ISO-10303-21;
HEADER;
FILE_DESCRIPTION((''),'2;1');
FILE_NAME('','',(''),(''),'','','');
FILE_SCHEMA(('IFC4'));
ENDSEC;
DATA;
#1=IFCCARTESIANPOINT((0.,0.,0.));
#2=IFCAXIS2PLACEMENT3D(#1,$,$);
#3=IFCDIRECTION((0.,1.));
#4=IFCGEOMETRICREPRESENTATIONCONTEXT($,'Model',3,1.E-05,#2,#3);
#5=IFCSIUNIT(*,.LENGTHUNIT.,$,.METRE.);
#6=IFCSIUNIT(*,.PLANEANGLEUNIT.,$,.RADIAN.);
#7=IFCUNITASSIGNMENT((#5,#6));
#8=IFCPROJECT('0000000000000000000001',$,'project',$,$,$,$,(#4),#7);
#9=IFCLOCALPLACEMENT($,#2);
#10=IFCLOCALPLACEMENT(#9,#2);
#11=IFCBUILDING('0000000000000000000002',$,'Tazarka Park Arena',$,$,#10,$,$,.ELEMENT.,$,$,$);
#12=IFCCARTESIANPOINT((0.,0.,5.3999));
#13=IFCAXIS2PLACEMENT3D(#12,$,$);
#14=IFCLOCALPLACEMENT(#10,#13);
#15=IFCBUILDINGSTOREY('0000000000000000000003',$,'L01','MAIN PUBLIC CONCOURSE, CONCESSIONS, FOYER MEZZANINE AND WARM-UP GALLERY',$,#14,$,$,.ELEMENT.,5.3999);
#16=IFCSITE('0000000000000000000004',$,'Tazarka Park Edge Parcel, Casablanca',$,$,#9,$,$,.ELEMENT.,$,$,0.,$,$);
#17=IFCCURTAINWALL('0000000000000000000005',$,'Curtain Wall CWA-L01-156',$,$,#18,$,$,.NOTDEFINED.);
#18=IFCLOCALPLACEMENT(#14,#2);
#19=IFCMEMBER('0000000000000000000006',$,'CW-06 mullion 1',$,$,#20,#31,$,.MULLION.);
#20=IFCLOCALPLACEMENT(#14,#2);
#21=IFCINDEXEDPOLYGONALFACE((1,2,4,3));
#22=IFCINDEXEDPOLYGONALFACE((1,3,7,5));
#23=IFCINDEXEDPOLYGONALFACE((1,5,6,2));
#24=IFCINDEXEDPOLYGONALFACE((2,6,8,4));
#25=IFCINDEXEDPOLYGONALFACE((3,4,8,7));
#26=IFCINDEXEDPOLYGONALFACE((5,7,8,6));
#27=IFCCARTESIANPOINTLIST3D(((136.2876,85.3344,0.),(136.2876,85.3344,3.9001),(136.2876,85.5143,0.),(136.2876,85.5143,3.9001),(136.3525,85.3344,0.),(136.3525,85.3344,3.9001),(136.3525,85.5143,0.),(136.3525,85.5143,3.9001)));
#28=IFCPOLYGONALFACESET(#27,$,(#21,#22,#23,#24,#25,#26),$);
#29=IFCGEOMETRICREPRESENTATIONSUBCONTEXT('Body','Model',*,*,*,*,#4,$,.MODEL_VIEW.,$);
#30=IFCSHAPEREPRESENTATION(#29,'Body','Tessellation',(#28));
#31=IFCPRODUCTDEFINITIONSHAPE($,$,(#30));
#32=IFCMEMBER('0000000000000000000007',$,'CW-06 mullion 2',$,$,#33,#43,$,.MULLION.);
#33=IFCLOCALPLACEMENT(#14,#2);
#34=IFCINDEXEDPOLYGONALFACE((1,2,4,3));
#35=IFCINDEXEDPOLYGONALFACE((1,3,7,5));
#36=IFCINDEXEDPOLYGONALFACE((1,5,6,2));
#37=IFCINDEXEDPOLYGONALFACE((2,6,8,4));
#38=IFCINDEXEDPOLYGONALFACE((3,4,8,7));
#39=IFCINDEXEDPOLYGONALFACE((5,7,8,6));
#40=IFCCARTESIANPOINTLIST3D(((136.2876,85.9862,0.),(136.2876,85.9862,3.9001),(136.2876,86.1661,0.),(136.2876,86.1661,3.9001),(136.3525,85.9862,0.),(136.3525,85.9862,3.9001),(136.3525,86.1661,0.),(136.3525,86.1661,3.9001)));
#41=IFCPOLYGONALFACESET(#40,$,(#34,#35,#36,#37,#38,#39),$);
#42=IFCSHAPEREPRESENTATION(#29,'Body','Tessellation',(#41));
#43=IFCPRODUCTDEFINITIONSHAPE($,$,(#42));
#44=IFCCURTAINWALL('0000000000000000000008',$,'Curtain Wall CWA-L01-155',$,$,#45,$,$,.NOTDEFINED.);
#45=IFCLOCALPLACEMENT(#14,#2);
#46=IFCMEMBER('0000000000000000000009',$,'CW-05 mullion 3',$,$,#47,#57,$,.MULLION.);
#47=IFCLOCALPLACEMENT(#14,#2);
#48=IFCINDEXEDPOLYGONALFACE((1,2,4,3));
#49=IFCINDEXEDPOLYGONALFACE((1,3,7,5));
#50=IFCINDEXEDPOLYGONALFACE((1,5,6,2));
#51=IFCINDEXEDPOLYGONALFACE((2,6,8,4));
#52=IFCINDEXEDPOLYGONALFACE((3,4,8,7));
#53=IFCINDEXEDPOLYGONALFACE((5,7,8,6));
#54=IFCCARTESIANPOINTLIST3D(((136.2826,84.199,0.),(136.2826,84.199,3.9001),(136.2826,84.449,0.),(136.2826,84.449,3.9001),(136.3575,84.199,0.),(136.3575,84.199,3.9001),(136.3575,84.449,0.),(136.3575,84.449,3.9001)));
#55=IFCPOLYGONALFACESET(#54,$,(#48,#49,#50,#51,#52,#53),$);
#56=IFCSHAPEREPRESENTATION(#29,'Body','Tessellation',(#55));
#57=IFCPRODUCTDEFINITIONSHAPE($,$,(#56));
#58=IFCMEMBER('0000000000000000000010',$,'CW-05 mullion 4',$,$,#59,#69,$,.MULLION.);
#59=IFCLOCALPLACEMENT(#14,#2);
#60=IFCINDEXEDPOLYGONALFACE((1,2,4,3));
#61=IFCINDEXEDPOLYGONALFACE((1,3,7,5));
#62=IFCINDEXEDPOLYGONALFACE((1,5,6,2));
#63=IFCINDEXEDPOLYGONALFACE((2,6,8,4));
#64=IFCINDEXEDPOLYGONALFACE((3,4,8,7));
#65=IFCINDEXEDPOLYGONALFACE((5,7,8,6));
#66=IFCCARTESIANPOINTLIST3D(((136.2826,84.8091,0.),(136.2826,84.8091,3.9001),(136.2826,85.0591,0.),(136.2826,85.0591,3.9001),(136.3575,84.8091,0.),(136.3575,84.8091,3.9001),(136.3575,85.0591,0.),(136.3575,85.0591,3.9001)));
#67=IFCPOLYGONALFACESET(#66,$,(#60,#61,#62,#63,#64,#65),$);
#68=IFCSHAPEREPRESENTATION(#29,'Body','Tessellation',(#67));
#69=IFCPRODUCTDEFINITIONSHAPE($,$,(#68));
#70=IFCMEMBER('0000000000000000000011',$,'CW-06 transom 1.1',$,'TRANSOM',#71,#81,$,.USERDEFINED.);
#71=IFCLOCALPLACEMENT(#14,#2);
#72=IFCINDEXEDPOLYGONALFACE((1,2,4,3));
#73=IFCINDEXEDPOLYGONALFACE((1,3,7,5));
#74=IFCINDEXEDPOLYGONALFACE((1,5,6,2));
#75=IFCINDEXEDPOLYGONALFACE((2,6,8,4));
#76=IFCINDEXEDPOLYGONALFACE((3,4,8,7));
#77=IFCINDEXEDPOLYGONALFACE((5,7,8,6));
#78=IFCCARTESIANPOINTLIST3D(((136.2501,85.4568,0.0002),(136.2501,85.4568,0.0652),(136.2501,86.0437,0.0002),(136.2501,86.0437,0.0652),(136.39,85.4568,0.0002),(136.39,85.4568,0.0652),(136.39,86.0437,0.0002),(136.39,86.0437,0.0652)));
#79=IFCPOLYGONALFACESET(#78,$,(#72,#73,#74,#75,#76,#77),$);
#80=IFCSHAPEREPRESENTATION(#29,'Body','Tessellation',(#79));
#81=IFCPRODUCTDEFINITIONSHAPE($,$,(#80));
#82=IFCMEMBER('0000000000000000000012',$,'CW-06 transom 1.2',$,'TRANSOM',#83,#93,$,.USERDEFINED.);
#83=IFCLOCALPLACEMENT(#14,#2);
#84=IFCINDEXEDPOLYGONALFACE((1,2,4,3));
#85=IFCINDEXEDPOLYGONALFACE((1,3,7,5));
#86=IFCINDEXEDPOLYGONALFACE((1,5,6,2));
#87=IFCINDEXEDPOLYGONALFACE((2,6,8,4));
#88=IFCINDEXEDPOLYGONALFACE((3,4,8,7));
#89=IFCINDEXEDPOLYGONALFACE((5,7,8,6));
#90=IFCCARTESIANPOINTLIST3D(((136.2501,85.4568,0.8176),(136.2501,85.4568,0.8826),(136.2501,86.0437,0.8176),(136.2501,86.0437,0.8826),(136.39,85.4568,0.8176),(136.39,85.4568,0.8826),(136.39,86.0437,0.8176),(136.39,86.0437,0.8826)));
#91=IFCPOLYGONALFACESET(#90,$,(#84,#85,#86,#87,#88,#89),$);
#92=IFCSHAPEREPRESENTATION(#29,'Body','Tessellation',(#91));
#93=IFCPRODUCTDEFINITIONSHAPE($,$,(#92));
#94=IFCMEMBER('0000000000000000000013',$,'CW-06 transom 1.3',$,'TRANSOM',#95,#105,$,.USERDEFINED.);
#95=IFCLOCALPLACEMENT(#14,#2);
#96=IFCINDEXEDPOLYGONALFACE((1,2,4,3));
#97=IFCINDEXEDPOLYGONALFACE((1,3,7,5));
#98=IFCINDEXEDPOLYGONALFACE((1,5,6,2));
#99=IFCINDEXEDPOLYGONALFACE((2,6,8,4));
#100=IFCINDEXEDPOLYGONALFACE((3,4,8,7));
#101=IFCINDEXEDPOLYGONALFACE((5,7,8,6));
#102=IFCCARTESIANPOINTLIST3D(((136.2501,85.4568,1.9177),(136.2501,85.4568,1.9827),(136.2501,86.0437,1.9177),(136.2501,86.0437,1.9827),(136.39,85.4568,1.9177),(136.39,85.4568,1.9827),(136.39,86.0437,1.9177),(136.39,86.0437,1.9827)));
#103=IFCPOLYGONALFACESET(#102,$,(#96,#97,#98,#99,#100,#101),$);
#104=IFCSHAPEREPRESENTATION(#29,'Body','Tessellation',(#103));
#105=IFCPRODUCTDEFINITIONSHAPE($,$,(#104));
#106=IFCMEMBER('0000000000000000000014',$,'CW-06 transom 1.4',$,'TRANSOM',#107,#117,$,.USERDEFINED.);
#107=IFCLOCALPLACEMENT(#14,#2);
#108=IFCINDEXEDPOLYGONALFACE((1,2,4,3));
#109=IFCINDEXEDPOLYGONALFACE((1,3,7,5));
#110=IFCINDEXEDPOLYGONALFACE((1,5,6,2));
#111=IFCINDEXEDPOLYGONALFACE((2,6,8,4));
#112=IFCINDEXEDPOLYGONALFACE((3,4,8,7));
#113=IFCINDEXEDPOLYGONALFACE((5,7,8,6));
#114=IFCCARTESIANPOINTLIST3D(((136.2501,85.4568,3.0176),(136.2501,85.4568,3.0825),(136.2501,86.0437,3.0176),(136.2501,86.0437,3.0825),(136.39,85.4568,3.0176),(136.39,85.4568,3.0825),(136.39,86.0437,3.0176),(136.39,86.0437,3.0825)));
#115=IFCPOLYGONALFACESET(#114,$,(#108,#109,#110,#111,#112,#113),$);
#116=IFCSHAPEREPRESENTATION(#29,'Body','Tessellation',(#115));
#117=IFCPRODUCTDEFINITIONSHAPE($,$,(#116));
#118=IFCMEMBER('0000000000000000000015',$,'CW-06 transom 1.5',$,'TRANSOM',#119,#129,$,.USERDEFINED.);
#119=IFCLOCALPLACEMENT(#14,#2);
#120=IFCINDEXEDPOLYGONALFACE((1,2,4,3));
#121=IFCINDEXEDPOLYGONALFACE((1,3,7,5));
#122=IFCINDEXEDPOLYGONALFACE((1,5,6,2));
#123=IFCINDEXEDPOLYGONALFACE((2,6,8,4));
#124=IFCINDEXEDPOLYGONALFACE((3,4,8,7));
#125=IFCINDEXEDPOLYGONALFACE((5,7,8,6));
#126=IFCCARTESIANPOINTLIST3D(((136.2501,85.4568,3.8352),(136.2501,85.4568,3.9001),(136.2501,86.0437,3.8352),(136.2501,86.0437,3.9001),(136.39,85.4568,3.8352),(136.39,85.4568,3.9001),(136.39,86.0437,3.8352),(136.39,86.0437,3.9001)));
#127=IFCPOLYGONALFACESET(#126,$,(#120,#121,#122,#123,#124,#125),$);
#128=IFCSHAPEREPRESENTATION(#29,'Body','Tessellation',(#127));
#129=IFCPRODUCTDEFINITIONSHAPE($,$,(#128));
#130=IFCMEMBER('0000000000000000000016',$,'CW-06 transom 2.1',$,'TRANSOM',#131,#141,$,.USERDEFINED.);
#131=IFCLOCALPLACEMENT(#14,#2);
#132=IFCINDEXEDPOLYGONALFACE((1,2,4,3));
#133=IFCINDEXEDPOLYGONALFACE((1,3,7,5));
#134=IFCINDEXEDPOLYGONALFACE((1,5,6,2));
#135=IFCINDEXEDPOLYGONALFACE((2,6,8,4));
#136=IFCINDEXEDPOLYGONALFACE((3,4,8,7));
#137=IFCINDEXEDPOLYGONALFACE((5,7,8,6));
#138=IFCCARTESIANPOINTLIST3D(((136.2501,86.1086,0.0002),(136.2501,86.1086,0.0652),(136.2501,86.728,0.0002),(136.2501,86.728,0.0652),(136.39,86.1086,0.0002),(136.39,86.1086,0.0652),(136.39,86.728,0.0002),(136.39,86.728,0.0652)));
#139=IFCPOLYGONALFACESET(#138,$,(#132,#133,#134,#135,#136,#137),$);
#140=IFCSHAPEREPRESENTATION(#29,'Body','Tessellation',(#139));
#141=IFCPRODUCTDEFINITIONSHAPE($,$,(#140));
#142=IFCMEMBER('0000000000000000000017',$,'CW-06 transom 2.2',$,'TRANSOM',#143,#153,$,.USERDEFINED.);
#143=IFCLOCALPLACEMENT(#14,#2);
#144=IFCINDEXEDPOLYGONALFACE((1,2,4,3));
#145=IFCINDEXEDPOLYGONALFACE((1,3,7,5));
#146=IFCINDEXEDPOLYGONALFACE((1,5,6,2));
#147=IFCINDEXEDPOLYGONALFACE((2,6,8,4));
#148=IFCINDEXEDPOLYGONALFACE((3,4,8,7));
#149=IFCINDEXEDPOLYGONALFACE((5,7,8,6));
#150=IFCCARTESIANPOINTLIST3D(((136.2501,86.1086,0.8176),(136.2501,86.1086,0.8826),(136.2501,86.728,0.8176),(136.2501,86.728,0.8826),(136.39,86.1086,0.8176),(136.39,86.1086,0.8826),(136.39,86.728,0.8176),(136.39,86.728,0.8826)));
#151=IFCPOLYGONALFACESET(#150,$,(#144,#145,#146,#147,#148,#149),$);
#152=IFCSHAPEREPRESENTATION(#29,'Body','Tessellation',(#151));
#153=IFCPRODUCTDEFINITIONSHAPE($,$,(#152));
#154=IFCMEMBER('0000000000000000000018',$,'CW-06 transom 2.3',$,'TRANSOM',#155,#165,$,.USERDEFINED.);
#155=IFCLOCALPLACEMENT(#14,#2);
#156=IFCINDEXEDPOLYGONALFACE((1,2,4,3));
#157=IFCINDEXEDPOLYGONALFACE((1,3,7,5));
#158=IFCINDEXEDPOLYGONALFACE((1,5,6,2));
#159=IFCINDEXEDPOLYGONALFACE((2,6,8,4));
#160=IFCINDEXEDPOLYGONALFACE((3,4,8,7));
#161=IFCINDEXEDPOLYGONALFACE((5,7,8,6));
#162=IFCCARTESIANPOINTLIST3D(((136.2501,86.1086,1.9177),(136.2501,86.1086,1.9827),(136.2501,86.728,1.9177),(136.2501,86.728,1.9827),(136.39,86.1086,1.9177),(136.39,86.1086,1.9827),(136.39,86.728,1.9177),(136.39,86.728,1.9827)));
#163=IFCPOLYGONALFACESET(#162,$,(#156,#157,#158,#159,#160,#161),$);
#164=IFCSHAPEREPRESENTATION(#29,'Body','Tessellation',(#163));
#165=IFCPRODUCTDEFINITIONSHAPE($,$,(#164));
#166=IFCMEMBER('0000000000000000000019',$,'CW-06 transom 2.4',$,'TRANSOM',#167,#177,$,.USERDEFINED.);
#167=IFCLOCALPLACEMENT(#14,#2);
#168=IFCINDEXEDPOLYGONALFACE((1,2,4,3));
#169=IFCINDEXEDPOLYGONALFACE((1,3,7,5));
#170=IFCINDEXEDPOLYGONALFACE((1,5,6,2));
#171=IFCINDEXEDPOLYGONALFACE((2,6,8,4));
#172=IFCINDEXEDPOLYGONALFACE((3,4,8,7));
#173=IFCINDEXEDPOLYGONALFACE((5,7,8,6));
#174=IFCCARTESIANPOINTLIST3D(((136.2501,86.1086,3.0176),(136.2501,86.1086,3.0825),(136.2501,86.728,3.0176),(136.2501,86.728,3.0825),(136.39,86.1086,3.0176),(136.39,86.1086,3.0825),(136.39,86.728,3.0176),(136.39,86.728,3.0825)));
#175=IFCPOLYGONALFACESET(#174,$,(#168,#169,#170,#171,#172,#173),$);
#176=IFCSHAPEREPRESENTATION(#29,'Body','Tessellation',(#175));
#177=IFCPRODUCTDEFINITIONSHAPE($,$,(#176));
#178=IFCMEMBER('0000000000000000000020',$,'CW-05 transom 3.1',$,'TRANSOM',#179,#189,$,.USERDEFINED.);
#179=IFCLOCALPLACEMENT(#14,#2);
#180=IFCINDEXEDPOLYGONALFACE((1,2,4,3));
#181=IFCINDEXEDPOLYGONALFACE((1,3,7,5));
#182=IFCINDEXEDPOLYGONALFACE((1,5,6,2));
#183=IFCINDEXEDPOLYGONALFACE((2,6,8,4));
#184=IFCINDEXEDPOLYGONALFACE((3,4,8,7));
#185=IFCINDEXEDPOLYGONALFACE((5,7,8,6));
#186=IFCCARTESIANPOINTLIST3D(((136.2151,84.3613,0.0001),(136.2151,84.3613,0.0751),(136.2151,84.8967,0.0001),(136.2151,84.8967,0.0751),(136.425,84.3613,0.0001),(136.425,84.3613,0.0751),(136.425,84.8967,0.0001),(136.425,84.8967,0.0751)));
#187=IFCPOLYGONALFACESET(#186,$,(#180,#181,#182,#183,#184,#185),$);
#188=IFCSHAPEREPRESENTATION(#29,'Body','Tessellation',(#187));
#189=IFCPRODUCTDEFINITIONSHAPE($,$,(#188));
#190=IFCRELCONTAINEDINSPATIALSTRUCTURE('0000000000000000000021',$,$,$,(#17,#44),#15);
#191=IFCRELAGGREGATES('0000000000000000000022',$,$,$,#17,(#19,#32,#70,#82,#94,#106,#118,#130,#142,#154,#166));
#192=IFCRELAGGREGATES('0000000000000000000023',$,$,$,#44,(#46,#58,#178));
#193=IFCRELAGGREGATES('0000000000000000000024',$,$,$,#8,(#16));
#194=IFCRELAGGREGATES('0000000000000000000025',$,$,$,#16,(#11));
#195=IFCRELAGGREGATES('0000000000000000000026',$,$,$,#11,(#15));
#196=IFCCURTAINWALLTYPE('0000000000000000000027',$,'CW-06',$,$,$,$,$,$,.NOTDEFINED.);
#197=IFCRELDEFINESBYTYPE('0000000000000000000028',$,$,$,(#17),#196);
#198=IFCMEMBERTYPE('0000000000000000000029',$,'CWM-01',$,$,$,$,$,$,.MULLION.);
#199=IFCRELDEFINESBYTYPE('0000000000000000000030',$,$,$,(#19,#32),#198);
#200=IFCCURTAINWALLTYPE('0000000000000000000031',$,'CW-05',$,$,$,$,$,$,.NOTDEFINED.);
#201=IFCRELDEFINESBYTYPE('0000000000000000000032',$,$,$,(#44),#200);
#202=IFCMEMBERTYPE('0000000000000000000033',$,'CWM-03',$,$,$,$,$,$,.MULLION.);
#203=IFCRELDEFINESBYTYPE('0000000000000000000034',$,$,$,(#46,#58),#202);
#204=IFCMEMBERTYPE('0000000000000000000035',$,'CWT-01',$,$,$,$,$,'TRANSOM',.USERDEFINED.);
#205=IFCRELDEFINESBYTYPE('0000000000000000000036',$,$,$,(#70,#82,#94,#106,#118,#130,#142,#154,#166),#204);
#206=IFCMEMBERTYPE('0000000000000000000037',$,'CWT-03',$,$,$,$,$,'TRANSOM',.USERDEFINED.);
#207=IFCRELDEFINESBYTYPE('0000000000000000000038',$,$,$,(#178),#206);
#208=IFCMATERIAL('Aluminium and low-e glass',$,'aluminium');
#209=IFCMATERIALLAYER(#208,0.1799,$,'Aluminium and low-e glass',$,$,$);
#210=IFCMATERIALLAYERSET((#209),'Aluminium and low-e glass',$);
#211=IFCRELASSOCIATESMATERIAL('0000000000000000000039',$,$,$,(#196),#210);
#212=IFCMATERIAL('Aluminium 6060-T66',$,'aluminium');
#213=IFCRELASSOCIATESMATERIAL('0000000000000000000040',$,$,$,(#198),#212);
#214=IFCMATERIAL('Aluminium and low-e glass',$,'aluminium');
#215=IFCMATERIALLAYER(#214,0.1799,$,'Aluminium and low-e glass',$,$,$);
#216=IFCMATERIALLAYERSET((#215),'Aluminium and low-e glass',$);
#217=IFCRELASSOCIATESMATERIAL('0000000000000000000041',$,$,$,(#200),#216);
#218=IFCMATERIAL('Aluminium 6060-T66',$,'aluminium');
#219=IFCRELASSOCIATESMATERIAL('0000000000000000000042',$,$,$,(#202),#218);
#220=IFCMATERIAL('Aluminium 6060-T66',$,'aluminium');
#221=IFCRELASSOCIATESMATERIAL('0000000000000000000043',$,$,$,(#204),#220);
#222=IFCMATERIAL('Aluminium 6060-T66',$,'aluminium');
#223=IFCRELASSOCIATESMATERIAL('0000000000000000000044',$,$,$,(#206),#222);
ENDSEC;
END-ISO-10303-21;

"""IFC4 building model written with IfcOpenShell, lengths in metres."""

from ifc_helpers import new_model, si_unit, direction, frame, origin, origin_2d, place, context, subcontext, project, spatial, rectangle, extrude, material, layer, layer_set, material_profile, profile_set, type_object, element, aggregate, save


model = new_model("IFC4")

# Units and contexts
model_context = context("Model", 3, precision=1e-05, world=origin(), true_north=direction((0.0, 1.0)))
body_context = subcontext(model_context, "Body", "Model", "MODEL_VIEW")
ifc_project = project(units=[si_unit("LENGTHUNIT", "METRE"), si_unit("PLANEANGLEUNIT", "RADIAN")], contexts=[model_context])

# Site, building, storey
site_placement = place(None, origin())
site = spatial("IfcSite", under=ifc_project, at=site_placement, Name="Tazarka Park Edge Parcel, Casablanca", CompositionType="ELEMENT", RefElevation=0.0)
building_placement = place(site_placement, origin())
building = spatial("IfcBuilding", under=site, at=building_placement, Name="Tazarka Park Arena", CompositionType="ELEMENT")
storey_placement = place(building_placement, frame((0.0, 0.0, 5.3999)))
storey = spatial("IfcBuildingStorey", under=building, at=storey_placement, Name="L01", Description="MAIN PUBLIC CONCOURSE, CONCESSIONS, FOYER MEZZANINE AND WARM-UP GALLERY", CompositionType="ELEMENT", Elevation=5.3999)

# Curtain walls, members
ifc_material_1 = material(Name="Aluminium and low-e glass", Category="aluminium")
ifc_layer_1 = layer(ifc_material_1, 0.1799, Name="Aluminium and low-e glass")
ifc_layer_set_1 = layer_set([ifc_layer_1], Name="Aluminium and low-e glass")
curtain_wall_type_1 = type_object("IfcCurtainWallType", Name="CW-06", PredefinedType="NOTDEFINED", material=ifc_layer_set_1)
curtain_wall_1_placement = place(storey_placement, origin())
curtain_wall_1 = element("IfcCurtainWall", 1, at=curtain_wall_1_placement, inside=storey, type_object=curtain_wall_type_1, Name="Curtain Wall CWA-L01-156", PredefinedType="NOTDEFINED")
ifc_material_2 = material(Name="Aluminium 6060-T66", Category="aluminium")
ifc_material_profile_1 = material_profile(ifc_material_2, rectangle(XDim=0.0649, YDim=0.1799, at=origin_2d()), Name="Aluminium 6060-T66")
ifc_profile_set_1 = profile_set([ifc_material_profile_1], Name="Aluminium 6060-T66")
member_type_1 = type_object("IfcMemberType", Name="CWM-01", PredefinedType="MULLION", material=ifc_profile_set_1)
member_1_placement = place(storey_placement, frame((136.3201, 85.4243, 0.0), z_axis=(0.0, 0.0, 1.0), x_axis=(-1.0, 0.0, 0.0)))
member_1 = element("IfcMember", 2, at=member_1_placement, type_object=member_type_1, Name="CW-06 mullion 1", PredefinedType="MULLION", context=body_context, shape_type="SweptSolid", body=[
    extrude(rectangle(XDim=0.0649, YDim=0.1799, at=origin_2d()), origin(), (0.0, 0.0, 1.0), 3.9001),
])
member_2_placement = place(storey_placement, frame((136.3201, 86.0762, 0.0), z_axis=(0.0, 0.0, 1.0), x_axis=(-1.0, 0.0, 0.0)))
member_2 = element("IfcMember", 3, at=member_2_placement, type_object=member_type_1, Name="CW-06 mullion 2", PredefinedType="MULLION", context=body_context, shape_type="SweptSolid", body=[
    extrude(rectangle(XDim=0.0649, YDim=0.1799, at=origin_2d()), origin(), (0.0, 0.0, 1.0), 3.9001),
])
ifc_material_3 = material(Name="Aluminium and low-e glass", Category="aluminium")
ifc_layer_2 = layer(ifc_material_3, 0.1799, Name="Aluminium and low-e glass")
ifc_layer_set_2 = layer_set([ifc_layer_2], Name="Aluminium and low-e glass")
curtain_wall_type_2 = type_object("IfcCurtainWallType", Name="CW-05", PredefinedType="NOTDEFINED", material=ifc_layer_set_2)
curtain_wall_2_placement = place(storey_placement, origin())
curtain_wall_2 = element("IfcCurtainWall", 4, at=curtain_wall_2_placement, inside=storey, type_object=curtain_wall_type_2, Name="Curtain Wall CWA-L01-155", PredefinedType="NOTDEFINED")
ifc_material_4 = material(Name="Aluminium 6060-T66", Category="aluminium")
ifc_material_profile_2 = material_profile(ifc_material_4, rectangle(XDim=0.075, YDim=0.25, at=origin_2d()), Name="Aluminium 6060-T66")
ifc_profile_set_2 = profile_set([ifc_material_profile_2], Name="Aluminium 6060-T66")
member_type_2 = type_object("IfcMemberType", Name="CWM-03", PredefinedType="MULLION", material=ifc_profile_set_2)
member_3_placement = place(storey_placement, frame((136.3201, 84.324, 0.0), z_axis=(0.0, 0.0, 1.0), x_axis=(-1.0, 0.0, 0.0)))
member_3 = element("IfcMember", 5, at=member_3_placement, type_object=member_type_2, Name="CW-05 mullion 3", PredefinedType="MULLION", context=body_context, shape_type="SweptSolid", body=[
    extrude(rectangle(XDim=0.075, YDim=0.25, at=origin_2d()), origin(), (0.0, 0.0, 1.0), 3.9001),
])
member_4_placement = place(storey_placement, frame((136.3201, 84.9341, 0.0), z_axis=(0.0, 0.0, 1.0), x_axis=(-1.0, 0.0, 0.0)))
member_4 = element("IfcMember", 6, at=member_4_placement, type_object=member_type_2, Name="CW-05 mullion 4", PredefinedType="MULLION", context=body_context, shape_type="SweptSolid", body=[
    extrude(rectangle(XDim=0.075, YDim=0.25, at=origin_2d()), origin(), (0.0, 0.0, 1.0), 3.9001),
])

# Members
ifc_material_5 = material(Name="Aluminium 6060-T66", Category="aluminium")
ifc_material_profile_3 = material_profile(ifc_material_5, rectangle(XDim=0.1399, YDim=0.0649, at=origin_2d()), Name="Aluminium 6060-T66")
ifc_profile_set_3 = profile_set([ifc_material_profile_3], Name="Aluminium 6060-T66")
member_type_3 = type_object("IfcMemberType", Name="CWT-01", ElementType="TRANSOM", PredefinedType="USERDEFINED", material=ifc_profile_set_3)
member_5_placement = place(storey_placement, frame((136.3201, 85.4568, 0.0327), z_axis=(0.0, 1.0, 0.0), x_axis=(-1.0, 0.0, 0.0)))
member_5 = element("IfcMember", 7, at=member_5_placement, type_object=member_type_3, Name="CW-06 transom 1.1", ObjectType="TRANSOM", PredefinedType="USERDEFINED", context=body_context, shape_type="SweptSolid", body=[
    extrude(rectangle(XDim=0.1399, YDim=0.0649, at=origin_2d()), origin(), (0.0, 0.0, 1.0), 0.5869),
])
member_6_placement = place(storey_placement, frame((136.3201, 85.4568, 0.8501), z_axis=(0.0, 1.0, 0.0), x_axis=(-1.0, 0.0, 0.0)))
member_6 = element("IfcMember", 8, at=member_6_placement, type_object=member_type_3, Name="CW-06 transom 1.2", ObjectType="TRANSOM", PredefinedType="USERDEFINED", context=body_context, shape_type="SweptSolid", body=[
    extrude(rectangle(XDim=0.1399, YDim=0.0649, at=origin_2d()), origin(), (0.0, 0.0, 1.0), 0.5869),
])
member_7_placement = place(storey_placement, frame((136.3201, 85.4568, 1.9502), z_axis=(0.0, 1.0, 0.0), x_axis=(-1.0, 0.0, 0.0)))
member_7 = element("IfcMember", 9, at=member_7_placement, type_object=member_type_3, Name="CW-06 transom 1.3", ObjectType="TRANSOM", PredefinedType="USERDEFINED", context=body_context, shape_type="SweptSolid", body=[
    extrude(rectangle(XDim=0.1399, YDim=0.0649, at=origin_2d()), origin(), (0.0, 0.0, 1.0), 0.5869),
])
member_8_placement = place(storey_placement, frame((136.3201, 85.4568, 3.05), z_axis=(0.0, 1.0, 0.0), x_axis=(-1.0, 0.0, 0.0)))
member_8 = element("IfcMember", 10, at=member_8_placement, type_object=member_type_3, Name="CW-06 transom 1.4", ObjectType="TRANSOM", PredefinedType="USERDEFINED", context=body_context, shape_type="SweptSolid", body=[
    extrude(rectangle(XDim=0.1399, YDim=0.0649, at=origin_2d()), origin(), (0.0, 0.0, 1.0), 0.5869),
])
member_9_placement = place(storey_placement, frame((136.3201, 85.4568, 3.8677), z_axis=(0.0, 1.0, 0.0), x_axis=(-1.0, 0.0, 0.0)))
member_9 = element("IfcMember", 11, at=member_9_placement, type_object=member_type_3, Name="CW-06 transom 1.5", ObjectType="TRANSOM", PredefinedType="USERDEFINED", context=body_context, shape_type="SweptSolid", body=[
    extrude(rectangle(XDim=0.1399, YDim=0.0649, at=origin_2d()), origin(), (0.0, 0.0, 1.0), 0.5869),
])
member_10_placement = place(storey_placement, frame((136.3201, 86.1086, 0.0327), z_axis=(0.0, 1.0, 0.0), x_axis=(-1.0, 0.0, 0.0)))
member_10 = element("IfcMember", 12, at=member_10_placement, type_object=member_type_3, Name="CW-06 transom 2.1", ObjectType="TRANSOM", PredefinedType="USERDEFINED", context=body_context, shape_type="SweptSolid", body=[
    extrude(rectangle(XDim=0.1399, YDim=0.0649, at=origin_2d()), origin(), (0.0, 0.0, 1.0), 0.6194),
])
member_11_placement = place(storey_placement, frame((136.3201, 86.1086, 0.8501), z_axis=(0.0, 1.0, 0.0), x_axis=(-1.0, 0.0, 0.0)))
member_11 = element("IfcMember", 13, at=member_11_placement, type_object=member_type_3, Name="CW-06 transom 2.2", ObjectType="TRANSOM", PredefinedType="USERDEFINED", context=body_context, shape_type="SweptSolid", body=[
    extrude(rectangle(XDim=0.1399, YDim=0.0649, at=origin_2d()), origin(), (0.0, 0.0, 1.0), 0.6194),
])
member_12_placement = place(storey_placement, frame((136.3201, 86.1086, 1.9502), z_axis=(0.0, 1.0, 0.0), x_axis=(-1.0, 0.0, 0.0)))
member_12 = element("IfcMember", 14, at=member_12_placement, type_object=member_type_3, Name="CW-06 transom 2.3", ObjectType="TRANSOM", PredefinedType="USERDEFINED", context=body_context, shape_type="SweptSolid", body=[
    extrude(rectangle(XDim=0.1399, YDim=0.0649, at=origin_2d()), origin(), (0.0, 0.0, 1.0), 0.6194),
])
member_13_placement = place(storey_placement, frame((136.3201, 86.1086, 3.05), z_axis=(0.0, 1.0, 0.0), x_axis=(-1.0, 0.0, 0.0)))
member_13 = element("IfcMember", 15, at=member_13_placement, type_object=member_type_3, Name="CW-06 transom 2.4", ObjectType="TRANSOM", PredefinedType="USERDEFINED", context=body_context, shape_type="SweptSolid", body=[
    extrude(rectangle(XDim=0.1399, YDim=0.0649, at=origin_2d()), origin(), (0.0, 0.0, 1.0), 0.6194),
])
ifc_material_6 = material(Name="Aluminium 6060-T66", Category="aluminium")
ifc_material_profile_4 = material_profile(ifc_material_6, rectangle(XDim=0.21, YDim=0.075, at=origin_2d()), Name="Aluminium 6060-T66")
ifc_profile_set_4 = profile_set([ifc_material_profile_4], Name="Aluminium 6060-T66")
member_type_4 = type_object("IfcMemberType", Name="CWT-03", ElementType="TRANSOM", PredefinedType="USERDEFINED", material=ifc_profile_set_4)
member_14_placement = place(storey_placement, frame((136.3201, 84.3613, 0.0376), z_axis=(0.0, 1.0, 0.0), x_axis=(-1.0, 0.0, 0.0)))
member_14 = element("IfcMember", 16, at=member_14_placement, type_object=member_type_4, Name="CW-05 transom 3.1", ObjectType="TRANSOM", PredefinedType="USERDEFINED", context=body_context, shape_type="SweptSolid", body=[
    extrude(rectangle(XDim=0.21, YDim=0.075, at=origin_2d()), origin(), (0.0, 0.0, 1.0), 0.5354),
])

aggregate(curtain_wall_1, [member_1, member_2, member_5, member_6, member_7, member_8, member_9, member_10, member_11, member_12, member_13])
aggregate(curtain_wall_2, [member_3, member_4, member_14])

save(model, "model.ifc")
